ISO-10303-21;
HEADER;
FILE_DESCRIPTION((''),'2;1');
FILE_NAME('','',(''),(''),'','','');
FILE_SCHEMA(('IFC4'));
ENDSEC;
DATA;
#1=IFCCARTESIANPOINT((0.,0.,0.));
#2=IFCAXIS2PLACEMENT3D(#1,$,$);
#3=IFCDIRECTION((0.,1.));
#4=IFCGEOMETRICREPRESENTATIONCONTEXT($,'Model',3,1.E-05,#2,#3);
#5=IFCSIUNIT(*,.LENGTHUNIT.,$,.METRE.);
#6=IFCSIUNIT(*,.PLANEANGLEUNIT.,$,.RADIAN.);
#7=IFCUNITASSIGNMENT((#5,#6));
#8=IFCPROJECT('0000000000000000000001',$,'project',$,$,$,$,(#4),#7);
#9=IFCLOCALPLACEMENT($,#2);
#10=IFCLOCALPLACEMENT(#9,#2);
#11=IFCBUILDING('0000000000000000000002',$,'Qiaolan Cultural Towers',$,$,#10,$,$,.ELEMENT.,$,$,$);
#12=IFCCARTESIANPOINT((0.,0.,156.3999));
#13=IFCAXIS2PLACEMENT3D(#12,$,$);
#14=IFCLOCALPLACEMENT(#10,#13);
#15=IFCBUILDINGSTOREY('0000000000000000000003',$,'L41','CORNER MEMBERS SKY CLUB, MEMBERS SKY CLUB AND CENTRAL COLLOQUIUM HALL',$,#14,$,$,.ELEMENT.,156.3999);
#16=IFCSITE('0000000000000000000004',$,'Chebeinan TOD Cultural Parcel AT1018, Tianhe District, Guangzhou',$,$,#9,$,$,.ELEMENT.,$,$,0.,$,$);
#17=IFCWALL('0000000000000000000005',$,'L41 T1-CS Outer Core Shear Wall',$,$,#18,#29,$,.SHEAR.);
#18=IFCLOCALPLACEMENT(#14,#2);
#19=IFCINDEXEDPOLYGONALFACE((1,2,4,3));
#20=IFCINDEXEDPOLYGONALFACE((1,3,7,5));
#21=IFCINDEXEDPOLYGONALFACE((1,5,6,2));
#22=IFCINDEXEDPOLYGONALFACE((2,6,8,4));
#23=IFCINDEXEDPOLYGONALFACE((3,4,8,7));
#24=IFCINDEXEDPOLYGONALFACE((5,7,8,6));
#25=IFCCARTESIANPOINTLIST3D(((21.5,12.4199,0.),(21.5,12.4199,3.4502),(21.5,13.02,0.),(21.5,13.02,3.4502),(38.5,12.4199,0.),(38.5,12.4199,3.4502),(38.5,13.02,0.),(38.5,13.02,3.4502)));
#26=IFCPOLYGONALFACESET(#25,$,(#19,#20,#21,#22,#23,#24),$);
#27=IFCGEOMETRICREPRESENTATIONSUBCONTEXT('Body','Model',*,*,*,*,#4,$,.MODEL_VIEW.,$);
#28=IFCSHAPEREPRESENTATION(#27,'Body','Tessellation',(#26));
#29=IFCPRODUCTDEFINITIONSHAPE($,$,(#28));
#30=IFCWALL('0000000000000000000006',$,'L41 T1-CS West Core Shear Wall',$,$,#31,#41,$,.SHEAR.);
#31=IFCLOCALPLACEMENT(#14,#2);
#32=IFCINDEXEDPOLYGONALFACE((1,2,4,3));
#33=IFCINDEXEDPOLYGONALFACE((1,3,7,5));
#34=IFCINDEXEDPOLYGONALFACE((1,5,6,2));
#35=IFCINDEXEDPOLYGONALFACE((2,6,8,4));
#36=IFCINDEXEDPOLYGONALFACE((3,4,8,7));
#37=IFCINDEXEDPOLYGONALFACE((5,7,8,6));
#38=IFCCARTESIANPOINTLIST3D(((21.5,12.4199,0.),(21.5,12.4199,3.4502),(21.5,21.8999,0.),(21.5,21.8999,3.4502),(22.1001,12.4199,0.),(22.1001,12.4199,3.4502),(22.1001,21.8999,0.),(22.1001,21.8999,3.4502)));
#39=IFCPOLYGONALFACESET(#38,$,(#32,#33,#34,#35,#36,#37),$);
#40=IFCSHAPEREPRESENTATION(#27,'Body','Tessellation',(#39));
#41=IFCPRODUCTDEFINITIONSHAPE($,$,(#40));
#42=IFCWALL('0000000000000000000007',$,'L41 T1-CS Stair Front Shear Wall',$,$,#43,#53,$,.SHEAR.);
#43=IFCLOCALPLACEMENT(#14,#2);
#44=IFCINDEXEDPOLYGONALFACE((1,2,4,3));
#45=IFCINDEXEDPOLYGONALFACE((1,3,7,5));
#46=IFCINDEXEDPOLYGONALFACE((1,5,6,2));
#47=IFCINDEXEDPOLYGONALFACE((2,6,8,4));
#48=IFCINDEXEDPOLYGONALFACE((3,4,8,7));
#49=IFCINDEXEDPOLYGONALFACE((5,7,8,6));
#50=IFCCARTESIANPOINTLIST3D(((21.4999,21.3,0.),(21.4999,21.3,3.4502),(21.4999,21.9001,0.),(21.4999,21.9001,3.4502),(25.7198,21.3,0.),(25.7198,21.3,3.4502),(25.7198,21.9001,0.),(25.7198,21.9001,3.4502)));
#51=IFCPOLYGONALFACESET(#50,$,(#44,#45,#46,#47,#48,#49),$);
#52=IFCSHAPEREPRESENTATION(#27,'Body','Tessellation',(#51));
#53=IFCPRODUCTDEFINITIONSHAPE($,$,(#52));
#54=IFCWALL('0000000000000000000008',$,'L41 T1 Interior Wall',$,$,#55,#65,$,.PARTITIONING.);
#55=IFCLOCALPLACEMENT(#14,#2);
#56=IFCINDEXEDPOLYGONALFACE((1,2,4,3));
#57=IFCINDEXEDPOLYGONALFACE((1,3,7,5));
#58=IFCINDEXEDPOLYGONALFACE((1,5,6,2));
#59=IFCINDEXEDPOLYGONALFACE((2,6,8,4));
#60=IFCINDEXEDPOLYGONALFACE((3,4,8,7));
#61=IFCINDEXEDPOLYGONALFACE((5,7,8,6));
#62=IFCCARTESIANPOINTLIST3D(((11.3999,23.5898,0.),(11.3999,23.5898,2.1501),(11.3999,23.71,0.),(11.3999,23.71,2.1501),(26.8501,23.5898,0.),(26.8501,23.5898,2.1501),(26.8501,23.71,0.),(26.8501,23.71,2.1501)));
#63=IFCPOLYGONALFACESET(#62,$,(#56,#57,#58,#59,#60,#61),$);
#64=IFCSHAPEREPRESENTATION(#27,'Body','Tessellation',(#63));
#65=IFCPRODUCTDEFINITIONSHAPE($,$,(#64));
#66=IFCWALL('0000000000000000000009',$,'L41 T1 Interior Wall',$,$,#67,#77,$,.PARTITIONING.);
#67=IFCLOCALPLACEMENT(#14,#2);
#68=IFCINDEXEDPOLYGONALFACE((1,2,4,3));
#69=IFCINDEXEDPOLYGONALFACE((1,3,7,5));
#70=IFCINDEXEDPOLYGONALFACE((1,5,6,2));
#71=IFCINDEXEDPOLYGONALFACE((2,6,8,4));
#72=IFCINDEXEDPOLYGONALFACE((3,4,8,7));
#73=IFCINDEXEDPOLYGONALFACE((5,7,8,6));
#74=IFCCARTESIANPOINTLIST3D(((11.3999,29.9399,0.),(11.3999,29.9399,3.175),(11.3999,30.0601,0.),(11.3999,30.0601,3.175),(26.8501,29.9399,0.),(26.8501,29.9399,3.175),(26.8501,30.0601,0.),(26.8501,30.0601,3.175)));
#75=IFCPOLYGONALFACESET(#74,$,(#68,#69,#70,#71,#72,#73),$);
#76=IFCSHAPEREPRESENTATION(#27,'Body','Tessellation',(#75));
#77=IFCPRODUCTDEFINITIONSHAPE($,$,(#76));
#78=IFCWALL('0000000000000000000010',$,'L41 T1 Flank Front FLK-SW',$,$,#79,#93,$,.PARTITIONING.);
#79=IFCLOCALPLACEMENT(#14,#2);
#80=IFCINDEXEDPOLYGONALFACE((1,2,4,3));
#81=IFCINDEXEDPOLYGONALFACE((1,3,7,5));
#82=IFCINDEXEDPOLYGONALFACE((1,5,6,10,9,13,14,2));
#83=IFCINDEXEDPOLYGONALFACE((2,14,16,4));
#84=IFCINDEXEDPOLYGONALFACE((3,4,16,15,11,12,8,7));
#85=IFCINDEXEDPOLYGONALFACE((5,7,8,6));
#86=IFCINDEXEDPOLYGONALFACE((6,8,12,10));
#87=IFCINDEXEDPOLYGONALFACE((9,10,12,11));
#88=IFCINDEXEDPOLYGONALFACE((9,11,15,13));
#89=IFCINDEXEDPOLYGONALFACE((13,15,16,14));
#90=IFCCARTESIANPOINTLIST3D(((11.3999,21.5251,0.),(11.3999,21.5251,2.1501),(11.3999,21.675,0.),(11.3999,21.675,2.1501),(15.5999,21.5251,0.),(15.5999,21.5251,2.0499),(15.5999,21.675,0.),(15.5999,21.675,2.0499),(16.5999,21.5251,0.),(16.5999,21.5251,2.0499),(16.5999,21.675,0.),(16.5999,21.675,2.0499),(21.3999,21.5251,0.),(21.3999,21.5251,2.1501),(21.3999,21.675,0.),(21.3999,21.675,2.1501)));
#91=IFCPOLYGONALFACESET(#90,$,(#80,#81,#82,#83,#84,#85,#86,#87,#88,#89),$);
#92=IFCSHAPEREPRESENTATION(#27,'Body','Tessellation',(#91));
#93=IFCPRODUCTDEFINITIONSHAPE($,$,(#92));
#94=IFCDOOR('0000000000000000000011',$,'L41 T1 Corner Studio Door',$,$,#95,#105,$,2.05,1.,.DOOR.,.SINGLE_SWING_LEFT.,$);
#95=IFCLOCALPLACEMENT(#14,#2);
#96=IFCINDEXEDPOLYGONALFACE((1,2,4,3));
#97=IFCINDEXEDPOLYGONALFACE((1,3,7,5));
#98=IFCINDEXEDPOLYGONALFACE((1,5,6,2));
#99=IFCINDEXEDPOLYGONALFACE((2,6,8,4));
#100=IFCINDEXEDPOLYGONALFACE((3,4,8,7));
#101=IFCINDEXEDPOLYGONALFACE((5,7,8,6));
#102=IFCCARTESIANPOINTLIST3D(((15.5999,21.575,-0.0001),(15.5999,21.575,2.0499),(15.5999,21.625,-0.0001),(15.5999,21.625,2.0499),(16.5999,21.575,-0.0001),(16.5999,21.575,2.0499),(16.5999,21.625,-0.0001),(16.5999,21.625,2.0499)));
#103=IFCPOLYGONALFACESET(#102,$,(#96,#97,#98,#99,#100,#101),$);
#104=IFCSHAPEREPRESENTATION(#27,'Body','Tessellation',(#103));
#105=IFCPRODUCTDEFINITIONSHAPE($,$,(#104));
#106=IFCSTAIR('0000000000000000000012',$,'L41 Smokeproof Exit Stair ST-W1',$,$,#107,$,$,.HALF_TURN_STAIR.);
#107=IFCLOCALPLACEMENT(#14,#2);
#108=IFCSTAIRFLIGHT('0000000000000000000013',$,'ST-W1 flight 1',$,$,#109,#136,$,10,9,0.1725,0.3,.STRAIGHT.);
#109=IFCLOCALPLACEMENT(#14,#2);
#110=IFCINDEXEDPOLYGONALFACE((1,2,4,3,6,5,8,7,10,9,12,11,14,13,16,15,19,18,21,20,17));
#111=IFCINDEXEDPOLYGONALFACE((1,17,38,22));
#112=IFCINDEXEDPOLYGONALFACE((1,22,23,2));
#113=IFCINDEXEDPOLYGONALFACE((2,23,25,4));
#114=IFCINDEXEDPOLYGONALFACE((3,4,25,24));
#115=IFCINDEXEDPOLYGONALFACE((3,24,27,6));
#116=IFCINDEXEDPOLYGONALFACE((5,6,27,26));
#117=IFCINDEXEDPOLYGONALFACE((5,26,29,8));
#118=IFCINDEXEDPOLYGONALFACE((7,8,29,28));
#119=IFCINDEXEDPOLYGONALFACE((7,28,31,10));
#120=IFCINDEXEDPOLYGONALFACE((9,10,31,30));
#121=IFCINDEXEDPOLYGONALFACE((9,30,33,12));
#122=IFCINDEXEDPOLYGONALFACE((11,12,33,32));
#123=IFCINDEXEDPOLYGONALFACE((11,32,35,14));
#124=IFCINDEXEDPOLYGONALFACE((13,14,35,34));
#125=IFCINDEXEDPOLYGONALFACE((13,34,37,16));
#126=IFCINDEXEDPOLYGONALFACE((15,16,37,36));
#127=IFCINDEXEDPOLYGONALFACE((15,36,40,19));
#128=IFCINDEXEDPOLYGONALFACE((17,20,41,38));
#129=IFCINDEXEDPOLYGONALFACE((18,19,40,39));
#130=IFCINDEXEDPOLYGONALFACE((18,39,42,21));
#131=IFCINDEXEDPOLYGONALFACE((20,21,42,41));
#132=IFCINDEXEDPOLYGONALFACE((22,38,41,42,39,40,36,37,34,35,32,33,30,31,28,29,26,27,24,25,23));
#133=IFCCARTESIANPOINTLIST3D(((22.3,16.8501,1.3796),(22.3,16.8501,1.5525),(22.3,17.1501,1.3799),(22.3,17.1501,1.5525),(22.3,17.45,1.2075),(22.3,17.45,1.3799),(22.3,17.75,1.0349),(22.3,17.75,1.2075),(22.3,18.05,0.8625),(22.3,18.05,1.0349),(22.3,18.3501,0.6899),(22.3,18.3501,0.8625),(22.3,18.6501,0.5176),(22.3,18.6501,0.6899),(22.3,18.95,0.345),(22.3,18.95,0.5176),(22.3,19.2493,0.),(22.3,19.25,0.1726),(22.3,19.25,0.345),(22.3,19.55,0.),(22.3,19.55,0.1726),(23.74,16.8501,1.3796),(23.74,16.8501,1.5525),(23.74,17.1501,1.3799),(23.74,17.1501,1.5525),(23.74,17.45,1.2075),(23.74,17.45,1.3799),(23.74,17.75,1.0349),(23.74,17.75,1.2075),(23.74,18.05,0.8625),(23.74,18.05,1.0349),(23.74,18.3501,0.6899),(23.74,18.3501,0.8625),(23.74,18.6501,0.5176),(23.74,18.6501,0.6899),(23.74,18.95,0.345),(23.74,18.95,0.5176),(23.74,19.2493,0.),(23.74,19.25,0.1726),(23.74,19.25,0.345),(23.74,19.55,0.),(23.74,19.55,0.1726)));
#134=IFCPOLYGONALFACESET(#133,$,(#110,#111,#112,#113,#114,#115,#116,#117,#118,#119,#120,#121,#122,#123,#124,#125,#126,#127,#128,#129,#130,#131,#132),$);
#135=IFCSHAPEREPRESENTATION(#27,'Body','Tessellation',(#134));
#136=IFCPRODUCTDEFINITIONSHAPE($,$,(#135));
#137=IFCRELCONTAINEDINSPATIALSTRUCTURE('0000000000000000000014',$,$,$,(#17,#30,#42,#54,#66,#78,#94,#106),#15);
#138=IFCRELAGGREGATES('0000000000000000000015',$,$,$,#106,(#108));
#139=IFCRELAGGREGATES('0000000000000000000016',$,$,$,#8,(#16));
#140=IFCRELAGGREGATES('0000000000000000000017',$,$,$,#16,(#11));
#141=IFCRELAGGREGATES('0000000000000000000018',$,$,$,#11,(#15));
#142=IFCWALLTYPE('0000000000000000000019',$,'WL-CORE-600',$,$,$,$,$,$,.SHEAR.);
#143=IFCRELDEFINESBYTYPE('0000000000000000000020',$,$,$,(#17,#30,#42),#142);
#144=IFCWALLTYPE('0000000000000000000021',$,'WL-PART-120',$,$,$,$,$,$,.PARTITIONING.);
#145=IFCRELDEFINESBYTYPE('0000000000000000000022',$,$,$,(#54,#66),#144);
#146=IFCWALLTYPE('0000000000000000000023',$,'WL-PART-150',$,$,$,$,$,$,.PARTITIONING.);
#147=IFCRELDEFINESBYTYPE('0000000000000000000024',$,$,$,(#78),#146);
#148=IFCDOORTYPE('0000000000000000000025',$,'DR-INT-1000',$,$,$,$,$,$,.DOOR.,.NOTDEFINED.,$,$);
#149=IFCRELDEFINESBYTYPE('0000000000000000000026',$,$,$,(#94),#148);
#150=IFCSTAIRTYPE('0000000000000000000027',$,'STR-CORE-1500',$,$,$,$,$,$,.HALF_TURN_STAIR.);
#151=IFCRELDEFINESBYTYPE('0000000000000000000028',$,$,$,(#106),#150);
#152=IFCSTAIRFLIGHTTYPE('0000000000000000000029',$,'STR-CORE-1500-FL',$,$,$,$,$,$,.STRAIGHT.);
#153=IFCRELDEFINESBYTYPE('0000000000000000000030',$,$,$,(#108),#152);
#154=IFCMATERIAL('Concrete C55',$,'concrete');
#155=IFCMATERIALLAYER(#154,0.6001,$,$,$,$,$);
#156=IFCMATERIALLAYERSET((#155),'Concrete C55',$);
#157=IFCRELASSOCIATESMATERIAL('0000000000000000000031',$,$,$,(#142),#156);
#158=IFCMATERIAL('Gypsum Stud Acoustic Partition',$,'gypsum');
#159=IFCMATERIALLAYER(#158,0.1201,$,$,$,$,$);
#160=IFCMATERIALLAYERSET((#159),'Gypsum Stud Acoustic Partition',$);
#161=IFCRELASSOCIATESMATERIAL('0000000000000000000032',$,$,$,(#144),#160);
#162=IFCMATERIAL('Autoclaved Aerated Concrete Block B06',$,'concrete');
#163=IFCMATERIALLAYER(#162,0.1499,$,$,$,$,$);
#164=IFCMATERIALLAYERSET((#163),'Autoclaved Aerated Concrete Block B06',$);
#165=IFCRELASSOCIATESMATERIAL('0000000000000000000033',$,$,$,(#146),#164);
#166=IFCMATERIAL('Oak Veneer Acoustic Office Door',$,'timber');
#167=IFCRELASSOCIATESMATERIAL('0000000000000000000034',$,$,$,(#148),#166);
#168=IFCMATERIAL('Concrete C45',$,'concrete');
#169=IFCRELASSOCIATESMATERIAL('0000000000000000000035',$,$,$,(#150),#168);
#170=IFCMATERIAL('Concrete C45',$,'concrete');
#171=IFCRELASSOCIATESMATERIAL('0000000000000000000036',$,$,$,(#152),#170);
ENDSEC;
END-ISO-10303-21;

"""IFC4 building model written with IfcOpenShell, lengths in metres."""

from ifc_helpers import new_model, si_unit, direction, frame, frame_2d, origin, place, context, subcontext, project, spatial, polyline, rectangle, outline, extrude, material, layer, layer_set, type_object, element, fill, aggregate, save


model = new_model("IFC4")

# Units and contexts
model_context = context("Model", 3, precision=1e-05, world=origin(), true_north=direction((0.0, 1.0)))
body_context = subcontext(model_context, "Body", "Model", "MODEL_VIEW")
ifc_project = project(units=[si_unit("LENGTHUNIT", "METRE"), si_unit("PLANEANGLEUNIT", "RADIAN")], contexts=[model_context])

# Site, building, storey
site_placement = place(None, origin())
site = spatial("IfcSite", under=ifc_project, at=site_placement, Name="Chebeinan TOD Cultural Parcel AT1018, Tianhe District, Guangzhou", CompositionType="ELEMENT", RefElevation=0.0)
building_placement = place(site_placement, origin())
building = spatial("IfcBuilding", under=site, at=building_placement, Name="Qiaolan Cultural Towers", CompositionType="ELEMENT")
storey_placement = place(building_placement, frame((0.0, 0.0, 156.3999)))
storey = spatial("IfcBuildingStorey", under=building, at=storey_placement, Name="L41", Description="CORNER MEMBERS SKY CLUB, MEMBERS SKY CLUB AND CENTRAL COLLOQUIUM HALL", CompositionType="ELEMENT", Elevation=156.3999)

# Walls
ifc_material_1 = material(Name="Concrete C55", Category="concrete")
ifc_layer_1 = layer(ifc_material_1, 0.6001)
ifc_layer_set_1 = layer_set([ifc_layer_1], Name="Concrete C55")
wall_type_1 = type_object("IfcWallType", Name="WL-CORE-600", PredefinedType="SHEAR", material=ifc_layer_set_1)
wall_1_placement = place(storey_placement, frame((21.5, 12.72, 0.0), z_axis=(0.0, 0.0, 1.0), x_axis=(1.0, 0.0, 0.0)))
element("IfcWall", 1, at=wall_1_placement, inside=storey, type_object=wall_type_1, Name="L41 T1-CS Outer Core Shear Wall", PredefinedType="SHEAR", context=body_context, shape_type="SweptSolid", body=[
    extrude(rectangle(XDim=17.0, YDim=0.6001, at=frame_2d((8.5, 0.0))), origin(), (0.0, 0.0, 1.0), 3.4502),
])
wall_2_placement = place(storey_placement, frame((21.8, 21.8999, 0.0), z_axis=(0.0, 0.0, 1.0), x_axis=(0.0, -1.0, 0.0)))
element("IfcWall", 2, at=wall_2_placement, inside=storey, type_object=wall_type_1, Name="L41 T1-CS West Core Shear Wall", PredefinedType="SHEAR", context=body_context, shape_type="SweptSolid", body=[
    extrude(rectangle(XDim=9.48, YDim=0.6001, at=frame_2d((4.74, 0.0))), origin(), (0.0, 0.0, 1.0), 3.4502),
])
wall_3_placement = place(storey_placement, frame((21.5, 21.6001, 0.0), z_axis=(0.0, 0.0, 1.0), x_axis=(1.0, 0.0, 0.0)))
element("IfcWall", 3, at=wall_3_placement, inside=storey, type_object=wall_type_1, Name="L41 T1-CS Stair Front Shear Wall", PredefinedType="SHEAR", context=body_context, shape_type="SweptSolid", body=[
    extrude(rectangle(XDim=4.22, YDim=0.6001, at=frame_2d((2.1099, 0.0))), origin(), (0.0, 0.0, 1.0), 3.4502),
])
ifc_material_2 = material(Name="Gypsum Stud Acoustic Partition", Category="gypsum")
ifc_layer_2 = layer(ifc_material_2, 0.1201)
ifc_layer_set_2 = layer_set([ifc_layer_2], Name="Gypsum Stud Acoustic Partition")
wall_type_2 = type_object("IfcWallType", Name="WL-PART-120", PredefinedType="PARTITIONING", material=ifc_layer_set_2)
wall_4_placement = place(storey_placement, frame((11.3999, 23.6499, 0.0), z_axis=(0.0, 0.0, 1.0), x_axis=(1.0, 0.0, 0.0)))
element("IfcWall", 4, at=wall_4_placement, inside=storey, type_object=wall_type_2, Name="L41 T1 Interior Wall", PredefinedType="PARTITIONING", context=body_context, shape_type="SweptSolid", body=[
    extrude(rectangle(XDim=15.4502, YDim=0.1201, at=frame_2d((7.7251, 0.0))), origin(), (0.0, 0.0, 1.0), 2.1501),
])
wall_5_placement = place(storey_placement, frame((11.3999, 30.0, 0.0), z_axis=(0.0, 0.0, 1.0), x_axis=(1.0, 0.0, 0.0)))
element("IfcWall", 5, at=wall_5_placement, inside=storey, type_object=wall_type_2, Name="L41 T1 Interior Wall", PredefinedType="PARTITIONING", context=body_context, shape_type="SweptSolid", body=[
    extrude(rectangle(XDim=15.4502, YDim=0.1201, at=frame_2d((7.7251, 0.0))), origin(), (0.0, 0.0, 1.0), 3.175),
])

# Wall, opening, door
ifc_material_3 = material(Name="Autoclaved Aerated Concrete Block B06", Category="concrete")
ifc_layer_3 = layer(ifc_material_3, 0.1499)
ifc_layer_set_3 = layer_set([ifc_layer_3], Name="Autoclaved Aerated Concrete Block B06")
wall_type_3 = type_object("IfcWallType", Name="WL-PART-150", PredefinedType="PARTITIONING", material=ifc_layer_set_3)
wall_6_placement = place(storey_placement, frame((11.3999, 21.6001, 0.0), z_axis=(0.0, 0.0, 1.0), x_axis=(1.0, 0.0, 0.0)))
wall_6 = element("IfcWall", 6, at=wall_6_placement, inside=storey, type_object=wall_type_3, Name="L41 T1 Flank Front FLK-SW", PredefinedType="PARTITIONING", context=body_context, shape_type="SweptSolid", body=[
    extrude(rectangle(XDim=10.0, YDim=0.1499, at=frame_2d((5.0, 0.0))), origin(), (0.0, 0.0, 1.0), 2.1501),
])
opening_placement = place(wall_6_placement, frame((4.2, 0.0, 0.0)))
opening = element("IfcOpeningElement", 7, at=opening_placement, cuts=wall_6, PredefinedType="OPENING", context=body_context, shape_type="SweptSolid", body=[
    extrude(rectangle(XDim=1.0, YDim=2.05, at=frame_2d((0.5, 1.0249))), frame((0.0, 0.085, 0.0), z_axis=(0.0, -1.0, 0.0), x_axis=(1.0, 0.0, 0.0)), (0.0, 0.0, 1.0), 0.1699),
])
ifc_material_4 = material(Name="Oak Veneer Acoustic Office Door", Category="timber")
door_type = type_object("IfcDoorType", Name="DR-INT-1000", OperationType="NOTDEFINED", PredefinedType="DOOR", material=ifc_material_4)
door_placement = place(opening_placement, origin())
door = element("IfcDoor", 8, at=door_placement, inside=storey, type_object=door_type, Name="L41 T1 Corner Studio Door", OperationType="SINGLE_SWING_LEFT", OverallHeight=2.05, OverallWidth=1.0, PredefinedType="DOOR", context=body_context, shape_type="SweptSolid", body=[
    extrude(rectangle(XDim=1.0, YDim=2.05, at=frame_2d((0.5, 1.0249))), frame((0.0, 0.0249, 0.0), z_axis=(0.0, -1.0, 0.0), x_axis=(1.0, 0.0, 0.0)), (0.0, 0.0, 1.0), 0.05),
])
fill(opening, door)

# Stair, stair flight
ifc_material_5 = material(Name="Concrete C45", Category="concrete")
stair_type = type_object("IfcStairType", Name="STR-CORE-1500", PredefinedType="HALF_TURN_STAIR", material=ifc_material_5)
stair_placement = place(storey_placement, origin())
stair = element("IfcStair", 9, at=stair_placement, inside=storey, type_object=stair_type, Name="L41 Smokeproof Exit Stair ST-W1", PredefinedType="HALF_TURN_STAIR")
ifc_material_6 = material(Name="Concrete C45", Category="concrete")
stair_flight_type = type_object("IfcStairFlightType", Name="STR-CORE-1500-FL", PredefinedType="STRAIGHT", material=ifc_material_6)
stair_flight_placement = place(storey_placement, frame((23.02, 19.55, 0.0), z_axis=(0.0, 0.0, 1.0), x_axis=(0.0, -1.0, 0.0)))
stair_flight = element("IfcStairFlight", 10, at=stair_flight_placement, type_object=stair_flight_type, Name="ST-W1 flight 1", NumberOfRisers=10, NumberOfTreads=9, PredefinedType="STRAIGHT", RiserHeight=0.1725, TreadLength=0.3, context=body_context, shape_type="SweptSolid", body=[
    extrude(outline(polyline([(0.0, 0.0), (0.0, 0.1726), (0.3, 0.1726), (0.3, 0.345), (0.6001, 0.345), (0.6001, 0.5176), (0.8999, 0.5176), (0.8999, 0.6899), (1.2, 0.6899), (1.2, 0.8625), (1.5, 0.8625), (1.5, 1.0349), (1.8, 1.0349), (1.8, 1.2075), (2.1001, 1.2075), (2.1001, 1.3799), (2.3999, 1.3799), (2.3999, 1.5525), (2.7, 1.5525), (2.7, 1.7251), (2.7, 1.3796), (0.3008, 0.0), (0.0, 0.0)])), frame((0.0, 0.72, 0.0), z_axis=(0.0, -1.0, 0.0), x_axis=(1.0, 0.0, 0.0)), (0.0, 0.0, 1.0), 1.4399),
])
aggregate(stair, [stair_flight])

save(model, "model.ifc")
